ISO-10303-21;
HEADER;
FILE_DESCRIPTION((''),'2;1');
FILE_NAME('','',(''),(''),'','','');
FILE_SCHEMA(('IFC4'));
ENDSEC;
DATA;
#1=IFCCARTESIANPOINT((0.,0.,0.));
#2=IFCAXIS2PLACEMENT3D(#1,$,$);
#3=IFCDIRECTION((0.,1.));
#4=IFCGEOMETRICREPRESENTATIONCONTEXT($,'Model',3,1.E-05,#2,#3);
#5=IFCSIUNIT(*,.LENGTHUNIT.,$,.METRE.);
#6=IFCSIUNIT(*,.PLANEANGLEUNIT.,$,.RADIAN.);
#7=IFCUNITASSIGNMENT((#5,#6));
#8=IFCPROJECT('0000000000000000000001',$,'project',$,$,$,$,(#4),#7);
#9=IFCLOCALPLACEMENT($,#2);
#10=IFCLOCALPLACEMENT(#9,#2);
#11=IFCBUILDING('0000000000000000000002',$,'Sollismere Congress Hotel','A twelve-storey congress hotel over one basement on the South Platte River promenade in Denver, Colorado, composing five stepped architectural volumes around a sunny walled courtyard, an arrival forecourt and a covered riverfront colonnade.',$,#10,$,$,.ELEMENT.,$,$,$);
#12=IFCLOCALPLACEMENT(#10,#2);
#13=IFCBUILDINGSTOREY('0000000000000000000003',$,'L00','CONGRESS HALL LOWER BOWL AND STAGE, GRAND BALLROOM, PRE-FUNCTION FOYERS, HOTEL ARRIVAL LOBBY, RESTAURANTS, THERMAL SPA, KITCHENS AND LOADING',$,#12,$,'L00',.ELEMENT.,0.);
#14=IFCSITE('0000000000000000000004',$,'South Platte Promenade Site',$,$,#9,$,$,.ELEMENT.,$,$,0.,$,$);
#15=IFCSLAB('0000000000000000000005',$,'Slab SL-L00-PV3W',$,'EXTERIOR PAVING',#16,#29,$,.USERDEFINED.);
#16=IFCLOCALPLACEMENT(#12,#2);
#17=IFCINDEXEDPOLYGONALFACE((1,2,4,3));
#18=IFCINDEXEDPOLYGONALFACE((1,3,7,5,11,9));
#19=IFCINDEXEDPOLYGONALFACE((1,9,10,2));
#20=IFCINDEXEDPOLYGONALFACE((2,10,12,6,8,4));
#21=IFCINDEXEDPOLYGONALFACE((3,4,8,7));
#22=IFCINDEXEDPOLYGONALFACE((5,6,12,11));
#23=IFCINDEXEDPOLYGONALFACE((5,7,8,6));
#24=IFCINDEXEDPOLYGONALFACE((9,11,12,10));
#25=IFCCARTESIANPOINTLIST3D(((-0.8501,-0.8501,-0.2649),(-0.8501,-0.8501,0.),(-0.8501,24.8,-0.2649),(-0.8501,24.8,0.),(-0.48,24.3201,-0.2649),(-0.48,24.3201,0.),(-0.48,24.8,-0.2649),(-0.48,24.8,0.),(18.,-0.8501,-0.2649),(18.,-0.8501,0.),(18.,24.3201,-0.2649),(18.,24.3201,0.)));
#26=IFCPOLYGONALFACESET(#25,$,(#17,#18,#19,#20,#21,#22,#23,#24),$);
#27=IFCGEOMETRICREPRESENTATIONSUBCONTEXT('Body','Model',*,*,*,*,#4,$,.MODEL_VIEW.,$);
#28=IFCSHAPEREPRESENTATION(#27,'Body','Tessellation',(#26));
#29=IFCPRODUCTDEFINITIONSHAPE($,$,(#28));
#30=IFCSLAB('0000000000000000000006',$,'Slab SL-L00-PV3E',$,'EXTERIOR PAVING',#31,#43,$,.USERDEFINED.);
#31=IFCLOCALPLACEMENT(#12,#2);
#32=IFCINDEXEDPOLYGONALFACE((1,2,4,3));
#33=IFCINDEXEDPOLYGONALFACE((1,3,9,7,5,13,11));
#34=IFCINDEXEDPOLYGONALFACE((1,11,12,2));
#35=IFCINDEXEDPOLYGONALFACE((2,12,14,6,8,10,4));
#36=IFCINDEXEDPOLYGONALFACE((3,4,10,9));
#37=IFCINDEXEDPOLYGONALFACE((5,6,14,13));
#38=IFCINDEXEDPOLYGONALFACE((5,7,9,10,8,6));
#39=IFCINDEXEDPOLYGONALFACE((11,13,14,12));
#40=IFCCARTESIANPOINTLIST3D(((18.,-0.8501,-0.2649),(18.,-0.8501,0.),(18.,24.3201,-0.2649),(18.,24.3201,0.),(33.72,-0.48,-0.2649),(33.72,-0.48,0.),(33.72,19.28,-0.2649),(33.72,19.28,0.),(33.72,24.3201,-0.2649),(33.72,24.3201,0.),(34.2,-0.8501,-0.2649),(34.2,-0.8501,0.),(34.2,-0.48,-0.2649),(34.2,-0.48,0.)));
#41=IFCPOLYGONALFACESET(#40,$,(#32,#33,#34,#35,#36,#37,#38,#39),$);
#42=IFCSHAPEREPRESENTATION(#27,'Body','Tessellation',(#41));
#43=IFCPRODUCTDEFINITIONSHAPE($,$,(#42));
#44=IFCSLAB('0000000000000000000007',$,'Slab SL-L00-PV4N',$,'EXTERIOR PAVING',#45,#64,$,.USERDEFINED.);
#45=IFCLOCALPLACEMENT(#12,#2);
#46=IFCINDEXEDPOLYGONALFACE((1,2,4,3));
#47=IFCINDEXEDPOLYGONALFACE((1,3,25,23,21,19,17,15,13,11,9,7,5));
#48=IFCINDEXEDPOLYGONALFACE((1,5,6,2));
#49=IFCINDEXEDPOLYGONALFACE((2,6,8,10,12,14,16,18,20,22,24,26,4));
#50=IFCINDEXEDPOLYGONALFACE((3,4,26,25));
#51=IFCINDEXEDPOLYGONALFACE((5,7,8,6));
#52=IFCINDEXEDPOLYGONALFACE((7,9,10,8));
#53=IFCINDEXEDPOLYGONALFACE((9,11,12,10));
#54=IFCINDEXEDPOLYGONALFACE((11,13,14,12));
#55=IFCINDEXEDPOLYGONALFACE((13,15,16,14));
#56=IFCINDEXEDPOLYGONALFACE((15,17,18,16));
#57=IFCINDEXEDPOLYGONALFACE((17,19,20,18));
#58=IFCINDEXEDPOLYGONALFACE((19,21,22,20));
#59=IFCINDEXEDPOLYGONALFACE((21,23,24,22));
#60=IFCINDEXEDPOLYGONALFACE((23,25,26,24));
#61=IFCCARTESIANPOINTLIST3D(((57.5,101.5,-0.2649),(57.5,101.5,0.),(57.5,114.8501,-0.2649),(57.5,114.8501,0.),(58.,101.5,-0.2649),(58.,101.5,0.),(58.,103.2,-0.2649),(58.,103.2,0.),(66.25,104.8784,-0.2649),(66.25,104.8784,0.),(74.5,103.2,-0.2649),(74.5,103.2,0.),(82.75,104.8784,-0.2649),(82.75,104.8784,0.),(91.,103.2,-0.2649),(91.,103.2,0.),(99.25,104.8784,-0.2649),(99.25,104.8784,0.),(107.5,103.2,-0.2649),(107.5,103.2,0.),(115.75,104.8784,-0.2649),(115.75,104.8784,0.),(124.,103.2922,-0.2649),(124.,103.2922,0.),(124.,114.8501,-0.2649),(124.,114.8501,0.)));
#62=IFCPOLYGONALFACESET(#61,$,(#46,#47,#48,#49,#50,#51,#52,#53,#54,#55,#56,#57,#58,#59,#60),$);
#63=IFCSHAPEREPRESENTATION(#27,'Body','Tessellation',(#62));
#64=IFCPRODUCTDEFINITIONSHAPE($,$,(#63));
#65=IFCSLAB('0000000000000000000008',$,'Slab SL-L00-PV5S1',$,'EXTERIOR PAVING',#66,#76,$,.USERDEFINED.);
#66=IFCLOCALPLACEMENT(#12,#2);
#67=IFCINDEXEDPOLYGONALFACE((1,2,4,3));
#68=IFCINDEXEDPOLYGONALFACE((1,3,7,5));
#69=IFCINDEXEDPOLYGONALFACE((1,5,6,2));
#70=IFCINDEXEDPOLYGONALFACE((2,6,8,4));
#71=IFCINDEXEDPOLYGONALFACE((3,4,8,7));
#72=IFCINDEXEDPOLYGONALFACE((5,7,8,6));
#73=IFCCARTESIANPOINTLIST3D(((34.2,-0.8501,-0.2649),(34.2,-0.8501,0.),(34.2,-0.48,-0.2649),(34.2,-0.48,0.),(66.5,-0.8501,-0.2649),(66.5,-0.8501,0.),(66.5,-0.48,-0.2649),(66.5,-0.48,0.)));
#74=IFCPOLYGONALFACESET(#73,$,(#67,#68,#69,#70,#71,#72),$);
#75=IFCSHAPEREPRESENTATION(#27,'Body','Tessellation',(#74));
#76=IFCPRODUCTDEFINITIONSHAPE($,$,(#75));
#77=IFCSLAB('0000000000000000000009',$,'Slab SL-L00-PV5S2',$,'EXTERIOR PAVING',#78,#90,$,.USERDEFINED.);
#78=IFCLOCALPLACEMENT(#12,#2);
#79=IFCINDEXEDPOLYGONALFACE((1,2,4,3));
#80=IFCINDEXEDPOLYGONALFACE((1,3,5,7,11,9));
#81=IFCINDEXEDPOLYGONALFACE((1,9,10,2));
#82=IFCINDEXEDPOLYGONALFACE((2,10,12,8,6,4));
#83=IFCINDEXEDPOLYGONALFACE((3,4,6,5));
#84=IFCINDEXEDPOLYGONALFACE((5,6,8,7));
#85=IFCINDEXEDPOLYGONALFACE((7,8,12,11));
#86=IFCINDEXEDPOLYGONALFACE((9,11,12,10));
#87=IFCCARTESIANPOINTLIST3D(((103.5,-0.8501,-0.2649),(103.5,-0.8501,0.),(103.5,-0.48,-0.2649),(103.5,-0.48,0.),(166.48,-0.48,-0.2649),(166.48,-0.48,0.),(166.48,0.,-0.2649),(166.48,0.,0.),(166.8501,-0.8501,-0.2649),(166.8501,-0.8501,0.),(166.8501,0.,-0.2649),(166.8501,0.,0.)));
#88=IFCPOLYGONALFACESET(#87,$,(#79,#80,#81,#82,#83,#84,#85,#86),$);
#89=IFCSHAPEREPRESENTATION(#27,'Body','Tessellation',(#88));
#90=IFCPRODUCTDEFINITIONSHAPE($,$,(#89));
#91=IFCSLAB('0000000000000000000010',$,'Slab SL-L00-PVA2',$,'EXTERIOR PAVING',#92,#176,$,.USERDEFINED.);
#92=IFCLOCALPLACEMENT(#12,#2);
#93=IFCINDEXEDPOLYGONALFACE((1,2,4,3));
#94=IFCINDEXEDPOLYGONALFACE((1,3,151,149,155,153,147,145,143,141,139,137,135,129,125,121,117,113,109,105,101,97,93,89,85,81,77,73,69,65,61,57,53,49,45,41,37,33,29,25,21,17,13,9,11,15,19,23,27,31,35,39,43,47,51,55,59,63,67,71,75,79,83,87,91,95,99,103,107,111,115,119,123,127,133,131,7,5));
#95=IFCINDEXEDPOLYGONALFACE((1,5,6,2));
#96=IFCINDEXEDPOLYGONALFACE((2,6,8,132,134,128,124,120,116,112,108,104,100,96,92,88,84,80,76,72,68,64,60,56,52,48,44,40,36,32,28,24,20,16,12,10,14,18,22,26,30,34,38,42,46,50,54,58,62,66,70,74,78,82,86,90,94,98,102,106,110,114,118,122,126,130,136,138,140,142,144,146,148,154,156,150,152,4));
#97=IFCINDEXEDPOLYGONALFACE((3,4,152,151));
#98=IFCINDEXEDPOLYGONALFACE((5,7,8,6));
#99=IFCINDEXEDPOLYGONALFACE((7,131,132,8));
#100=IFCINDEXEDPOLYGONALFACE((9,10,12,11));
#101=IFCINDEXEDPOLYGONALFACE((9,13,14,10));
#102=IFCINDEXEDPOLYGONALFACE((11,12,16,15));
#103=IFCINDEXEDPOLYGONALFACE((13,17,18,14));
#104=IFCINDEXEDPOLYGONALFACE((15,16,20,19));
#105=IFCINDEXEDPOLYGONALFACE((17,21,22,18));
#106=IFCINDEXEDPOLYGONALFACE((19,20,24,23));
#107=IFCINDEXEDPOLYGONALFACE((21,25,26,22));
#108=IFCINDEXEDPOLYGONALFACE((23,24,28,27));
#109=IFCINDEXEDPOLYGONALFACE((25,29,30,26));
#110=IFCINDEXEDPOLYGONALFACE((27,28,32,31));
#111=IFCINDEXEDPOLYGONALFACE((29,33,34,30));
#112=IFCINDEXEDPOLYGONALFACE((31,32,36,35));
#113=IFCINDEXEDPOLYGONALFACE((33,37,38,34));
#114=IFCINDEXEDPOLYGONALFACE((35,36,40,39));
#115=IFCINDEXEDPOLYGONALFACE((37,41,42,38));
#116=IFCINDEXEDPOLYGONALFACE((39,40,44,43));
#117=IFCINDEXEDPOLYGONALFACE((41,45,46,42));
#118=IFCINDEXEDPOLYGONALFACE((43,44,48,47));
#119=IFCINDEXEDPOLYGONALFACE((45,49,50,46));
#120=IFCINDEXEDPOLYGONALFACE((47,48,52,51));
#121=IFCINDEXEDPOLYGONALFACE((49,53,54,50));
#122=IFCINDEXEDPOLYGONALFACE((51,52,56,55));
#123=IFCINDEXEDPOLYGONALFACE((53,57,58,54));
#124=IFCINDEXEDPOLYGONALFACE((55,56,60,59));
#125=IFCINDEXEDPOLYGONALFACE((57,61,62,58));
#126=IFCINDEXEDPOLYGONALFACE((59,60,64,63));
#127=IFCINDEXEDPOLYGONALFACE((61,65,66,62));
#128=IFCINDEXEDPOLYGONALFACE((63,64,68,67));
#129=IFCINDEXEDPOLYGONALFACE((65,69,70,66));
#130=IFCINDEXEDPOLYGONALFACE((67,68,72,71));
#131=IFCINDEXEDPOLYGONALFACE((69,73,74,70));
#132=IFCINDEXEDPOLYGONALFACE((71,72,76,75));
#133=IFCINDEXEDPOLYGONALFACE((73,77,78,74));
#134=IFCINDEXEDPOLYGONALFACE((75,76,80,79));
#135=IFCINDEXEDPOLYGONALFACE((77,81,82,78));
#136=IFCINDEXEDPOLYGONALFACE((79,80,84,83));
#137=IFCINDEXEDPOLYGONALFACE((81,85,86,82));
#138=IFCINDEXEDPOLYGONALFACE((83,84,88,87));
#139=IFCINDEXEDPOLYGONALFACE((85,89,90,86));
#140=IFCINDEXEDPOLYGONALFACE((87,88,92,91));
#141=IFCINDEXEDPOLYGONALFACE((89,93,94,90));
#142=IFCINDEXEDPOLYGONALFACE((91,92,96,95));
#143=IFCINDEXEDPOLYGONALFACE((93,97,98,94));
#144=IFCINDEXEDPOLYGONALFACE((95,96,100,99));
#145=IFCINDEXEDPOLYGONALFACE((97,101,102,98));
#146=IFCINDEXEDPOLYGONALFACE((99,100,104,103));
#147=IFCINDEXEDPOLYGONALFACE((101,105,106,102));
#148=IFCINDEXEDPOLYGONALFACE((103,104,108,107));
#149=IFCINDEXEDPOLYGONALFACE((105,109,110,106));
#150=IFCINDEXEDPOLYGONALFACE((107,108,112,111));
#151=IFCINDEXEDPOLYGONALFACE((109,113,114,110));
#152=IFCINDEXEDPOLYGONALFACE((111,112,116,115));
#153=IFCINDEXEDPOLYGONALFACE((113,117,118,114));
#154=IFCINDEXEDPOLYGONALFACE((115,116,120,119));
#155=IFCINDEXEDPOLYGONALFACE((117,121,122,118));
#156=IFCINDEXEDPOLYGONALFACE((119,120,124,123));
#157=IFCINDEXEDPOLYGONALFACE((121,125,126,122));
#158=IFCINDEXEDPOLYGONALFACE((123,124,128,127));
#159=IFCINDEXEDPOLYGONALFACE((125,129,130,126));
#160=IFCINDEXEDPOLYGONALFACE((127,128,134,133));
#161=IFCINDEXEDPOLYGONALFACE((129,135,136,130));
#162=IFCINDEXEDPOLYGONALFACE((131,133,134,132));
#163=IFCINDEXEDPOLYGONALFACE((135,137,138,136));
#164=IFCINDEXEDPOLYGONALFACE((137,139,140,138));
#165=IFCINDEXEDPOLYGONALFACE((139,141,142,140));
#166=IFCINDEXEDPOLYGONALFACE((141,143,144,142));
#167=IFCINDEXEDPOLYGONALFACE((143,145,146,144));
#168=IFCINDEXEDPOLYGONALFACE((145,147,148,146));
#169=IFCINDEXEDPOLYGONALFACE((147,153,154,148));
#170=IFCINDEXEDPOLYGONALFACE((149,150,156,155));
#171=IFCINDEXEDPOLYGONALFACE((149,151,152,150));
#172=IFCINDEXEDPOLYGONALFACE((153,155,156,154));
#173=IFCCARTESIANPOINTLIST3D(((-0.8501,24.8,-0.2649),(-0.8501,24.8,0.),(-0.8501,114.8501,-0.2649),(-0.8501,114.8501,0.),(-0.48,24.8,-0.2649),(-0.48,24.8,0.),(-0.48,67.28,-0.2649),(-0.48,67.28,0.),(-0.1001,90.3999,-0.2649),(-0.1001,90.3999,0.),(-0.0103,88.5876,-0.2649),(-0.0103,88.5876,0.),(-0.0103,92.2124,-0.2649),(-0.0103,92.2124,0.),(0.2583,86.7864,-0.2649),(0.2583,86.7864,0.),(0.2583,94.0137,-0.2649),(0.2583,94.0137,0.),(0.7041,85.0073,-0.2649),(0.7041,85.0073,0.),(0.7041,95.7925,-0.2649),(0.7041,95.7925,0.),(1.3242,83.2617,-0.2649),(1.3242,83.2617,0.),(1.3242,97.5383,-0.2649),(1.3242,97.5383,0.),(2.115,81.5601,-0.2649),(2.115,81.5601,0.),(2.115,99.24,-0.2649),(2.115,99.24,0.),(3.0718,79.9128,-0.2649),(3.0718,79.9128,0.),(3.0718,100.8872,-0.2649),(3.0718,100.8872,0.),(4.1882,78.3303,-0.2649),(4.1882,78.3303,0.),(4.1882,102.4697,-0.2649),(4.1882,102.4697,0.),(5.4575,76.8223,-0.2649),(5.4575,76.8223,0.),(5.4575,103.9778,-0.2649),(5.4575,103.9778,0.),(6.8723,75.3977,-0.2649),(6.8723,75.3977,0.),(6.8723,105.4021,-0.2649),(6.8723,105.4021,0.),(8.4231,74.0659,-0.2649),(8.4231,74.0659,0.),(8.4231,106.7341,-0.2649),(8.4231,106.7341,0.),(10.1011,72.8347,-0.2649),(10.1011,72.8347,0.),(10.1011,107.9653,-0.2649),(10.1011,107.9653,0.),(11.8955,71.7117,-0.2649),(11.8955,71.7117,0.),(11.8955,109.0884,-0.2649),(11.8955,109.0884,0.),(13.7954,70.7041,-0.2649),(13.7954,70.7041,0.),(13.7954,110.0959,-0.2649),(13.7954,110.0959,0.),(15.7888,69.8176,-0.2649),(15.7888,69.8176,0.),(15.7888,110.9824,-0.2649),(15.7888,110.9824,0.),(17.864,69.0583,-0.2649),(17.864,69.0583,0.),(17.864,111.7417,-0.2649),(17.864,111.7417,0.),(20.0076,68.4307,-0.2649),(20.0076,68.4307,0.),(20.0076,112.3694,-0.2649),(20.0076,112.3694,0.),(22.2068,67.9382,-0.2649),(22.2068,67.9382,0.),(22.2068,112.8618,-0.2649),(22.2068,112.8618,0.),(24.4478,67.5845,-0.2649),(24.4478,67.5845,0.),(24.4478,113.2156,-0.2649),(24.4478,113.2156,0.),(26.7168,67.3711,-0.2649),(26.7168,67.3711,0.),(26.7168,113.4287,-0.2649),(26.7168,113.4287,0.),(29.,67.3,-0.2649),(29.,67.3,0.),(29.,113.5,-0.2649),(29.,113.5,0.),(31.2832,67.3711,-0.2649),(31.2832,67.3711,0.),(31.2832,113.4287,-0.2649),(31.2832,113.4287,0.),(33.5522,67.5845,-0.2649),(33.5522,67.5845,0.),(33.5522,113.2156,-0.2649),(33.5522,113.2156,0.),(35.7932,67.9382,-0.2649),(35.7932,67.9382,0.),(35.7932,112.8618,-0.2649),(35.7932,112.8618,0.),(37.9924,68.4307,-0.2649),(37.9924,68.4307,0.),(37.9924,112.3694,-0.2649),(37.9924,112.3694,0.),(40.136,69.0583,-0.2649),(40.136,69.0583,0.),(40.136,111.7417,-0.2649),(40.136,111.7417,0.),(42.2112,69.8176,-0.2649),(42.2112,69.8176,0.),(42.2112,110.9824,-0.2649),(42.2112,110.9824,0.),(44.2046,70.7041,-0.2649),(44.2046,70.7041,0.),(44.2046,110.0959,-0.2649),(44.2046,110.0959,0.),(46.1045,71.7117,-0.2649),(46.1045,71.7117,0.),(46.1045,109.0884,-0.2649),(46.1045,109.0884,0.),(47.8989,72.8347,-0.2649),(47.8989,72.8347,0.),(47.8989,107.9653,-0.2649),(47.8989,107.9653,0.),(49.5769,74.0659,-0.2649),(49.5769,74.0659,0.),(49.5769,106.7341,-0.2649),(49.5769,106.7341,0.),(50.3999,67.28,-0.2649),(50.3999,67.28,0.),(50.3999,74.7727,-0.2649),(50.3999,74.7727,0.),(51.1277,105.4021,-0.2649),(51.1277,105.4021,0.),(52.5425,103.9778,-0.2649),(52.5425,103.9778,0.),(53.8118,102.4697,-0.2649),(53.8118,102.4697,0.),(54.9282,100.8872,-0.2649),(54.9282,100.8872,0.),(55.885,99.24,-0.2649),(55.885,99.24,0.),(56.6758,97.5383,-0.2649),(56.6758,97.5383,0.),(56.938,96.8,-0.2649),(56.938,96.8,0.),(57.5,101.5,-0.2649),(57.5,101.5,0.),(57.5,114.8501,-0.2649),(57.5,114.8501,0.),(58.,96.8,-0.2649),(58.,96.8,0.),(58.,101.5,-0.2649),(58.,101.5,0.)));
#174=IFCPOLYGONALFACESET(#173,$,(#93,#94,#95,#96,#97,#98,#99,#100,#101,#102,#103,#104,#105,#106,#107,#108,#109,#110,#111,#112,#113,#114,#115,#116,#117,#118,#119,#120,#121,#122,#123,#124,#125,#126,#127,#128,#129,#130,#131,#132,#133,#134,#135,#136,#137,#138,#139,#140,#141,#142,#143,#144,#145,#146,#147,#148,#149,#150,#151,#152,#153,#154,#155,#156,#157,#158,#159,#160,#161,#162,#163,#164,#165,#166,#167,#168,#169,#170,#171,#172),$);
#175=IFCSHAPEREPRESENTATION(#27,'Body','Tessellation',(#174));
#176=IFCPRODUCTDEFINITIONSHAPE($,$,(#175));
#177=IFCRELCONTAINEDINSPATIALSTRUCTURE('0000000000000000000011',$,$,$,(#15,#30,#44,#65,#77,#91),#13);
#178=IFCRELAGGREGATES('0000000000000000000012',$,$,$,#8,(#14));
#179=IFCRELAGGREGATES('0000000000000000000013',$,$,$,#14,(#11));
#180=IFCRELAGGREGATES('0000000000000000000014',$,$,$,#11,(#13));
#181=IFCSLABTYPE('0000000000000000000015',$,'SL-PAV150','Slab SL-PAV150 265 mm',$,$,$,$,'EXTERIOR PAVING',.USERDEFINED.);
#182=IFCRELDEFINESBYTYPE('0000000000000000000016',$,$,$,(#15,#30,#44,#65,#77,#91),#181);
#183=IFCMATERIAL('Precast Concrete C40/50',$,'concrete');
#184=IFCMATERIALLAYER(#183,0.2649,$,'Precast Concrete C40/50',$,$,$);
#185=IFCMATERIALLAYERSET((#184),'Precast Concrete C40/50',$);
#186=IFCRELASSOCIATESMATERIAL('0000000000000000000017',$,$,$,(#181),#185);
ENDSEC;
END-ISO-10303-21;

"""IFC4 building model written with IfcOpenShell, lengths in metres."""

from ifc_helpers import new_model, si_unit, direction, frame, origin, place, context, subcontext, project, spatial, polyline, outline, extrude, material, layer, layer_set, type_object, element, save


model = new_model("IFC4")

# Units and contexts
model_context = context("Model", 3, precision=1e-05, world=origin(), true_north=direction((0.0, 1.0)))
body_context = subcontext(model_context, "Body", "Model", "MODEL_VIEW")
ifc_project = project(units=[si_unit("LENGTHUNIT", "METRE"), si_unit("PLANEANGLEUNIT", "RADIAN")], contexts=[model_context])

# Site, building, storey
site_placement = place(None, origin())
site = spatial("IfcSite", under=ifc_project, at=site_placement, Name="South Platte Promenade Site", CompositionType="ELEMENT", RefElevation=0.0)
building_placement = place(site_placement, origin())
building = spatial("IfcBuilding", under=site, at=building_placement, Name="Sollismere Congress Hotel", Description="A twelve-storey congress hotel over one basement on the South Platte River promenade in Denver, Colorado, composing five stepped architectural volumes around a sunny walled courtyard, an arrival forecourt and a covered riverfront colonnade.", CompositionType="ELEMENT")
storey_placement = place(building_placement, origin())
storey = spatial("IfcBuildingStorey", under=building, at=storey_placement, Name="L00", Description="CONGRESS HALL LOWER BOWL AND STAGE, GRAND BALLROOM, PRE-FUNCTION FOYERS, HOTEL ARRIVAL LOBBY, RESTAURANTS, THERMAL SPA, KITCHENS AND LOADING", LongName="L00", CompositionType="ELEMENT", Elevation=0.0)

# Slabs
ifc_material_1 = material(Name="Precast Concrete C40/50", Category="concrete")
ifc_layer_1 = layer(ifc_material_1, 0.2649, Name="Precast Concrete C40/50")
ifc_layer_set_1 = layer_set([ifc_layer_1], Name="Precast Concrete C40/50")
slab_type_1 = type_object("IfcSlabType", Name="SL-PAV150", Description="Slab SL-PAV150 265 mm", ElementType="EXTERIOR PAVING", PredefinedType="USERDEFINED", material=ifc_layer_set_1)
slab_1_placement = place(storey_placement, frame((0.0, 0.0, -0.2649)))
element("IfcSlab", 1, at=slab_1_placement, inside=storey, type_object=slab_type_1, Name="Slab SL-L00-PV3W", ObjectType="EXTERIOR PAVING", PredefinedType="USERDEFINED", context=body_context, shape_type="SweptSolid", body=[
    extrude(outline(polyline([(-0.48, 24.3201), (-0.48, 24.8), (-0.8501, 24.8), (-0.8501, -0.8501), (18.0, -0.8501), (18.0, 24.3201), (-0.48, 24.3201)])), origin(), (0.0, 0.0, 1.0), 0.2649),
])
slab_2_placement = place(storey_placement, frame((0.0, 0.0, -0.2649)))
element("IfcSlab", 2, at=slab_2_placement, inside=storey, type_object=slab_type_1, Name="Slab SL-L00-PV3E", ObjectType="EXTERIOR PAVING", PredefinedType="USERDEFINED", context=body_context, shape_type="SweptSolid", body=[
    extrude(outline(polyline([(33.72, 24.3201), (18.0, 24.3201), (18.0, -0.8501), (34.2, -0.8501), (34.2, -0.48), (33.72, -0.48), (33.72, 19.28), (33.72, 24.3201)])), origin(), (0.0, 0.0, 1.0), 0.2649),
])
slab_3_placement = place(storey_placement, frame((0.0, 0.0, -0.2649)))
element("IfcSlab", 3, at=slab_3_placement, inside=storey, type_object=slab_type_1, Name="Slab SL-L00-PV4N", ObjectType="EXTERIOR PAVING", PredefinedType="USERDEFINED", context=body_context, shape_type="SweptSolid", body=[
    extrude(outline(polyline([(124.0, 103.2922), (124.0, 114.8501), (57.5, 114.8501), (57.5, 101.5), (58.0, 101.5), (58.0, 103.2), (66.25, 104.8784), (74.5, 103.2), (82.75, 104.8784), (91.0, 103.2), (99.25, 104.8784), (107.5, 103.2), (115.75, 104.8784), (124.0, 103.2922)])), origin(), (0.0, 0.0, 1.0), 0.2649),
])
slab_4_placement = place(storey_placement, frame((0.0, 0.0, -0.2649)))
element("IfcSlab", 4, at=slab_4_placement, inside=storey, type_object=slab_type_1, Name="Slab SL-L00-PV5S1", ObjectType="EXTERIOR PAVING", PredefinedType="USERDEFINED", context=body_context, shape_type="SweptSolid", body=[
    extrude(outline(polyline([(66.5, -0.8501), (66.5, -0.48), (34.2, -0.48), (34.2, -0.8501), (66.5, -0.8501)])), origin(), (0.0, 0.0, 1.0), 0.2649),
])
slab_5_placement = place(storey_placement, frame((0.0, 0.0, -0.2649)))
element("IfcSlab", 5, at=slab_5_placement, inside=storey, type_object=slab_type_1, Name="Slab SL-L00-PV5S2", ObjectType="EXTERIOR PAVING", PredefinedType="USERDEFINED", context=body_context, shape_type="SweptSolid", body=[
    extrude(outline(polyline([(103.5, -0.48), (103.5, -0.8501), (166.8501, -0.8501), (166.8501, 0.0), (166.48, 0.0), (166.48, -0.48), (103.5, -0.48)])), origin(), (0.0, 0.0, 1.0), 0.2649),
])
slab_6_placement = place(storey_placement, frame((0.0, 0.0, -0.2649)))
element("IfcSlab", 6, at=slab_6_placement, inside=storey, type_object=slab_type_1, Name="Slab SL-L00-PVA2", ObjectType="EXTERIOR PAVING", PredefinedType="USERDEFINED", context=body_context, shape_type="SweptSolid", body=[
    extrude(outline(polyline([(58.0, 96.8), (58.0, 101.5), (57.5, 101.5), (57.5, 114.8501), (-0.8501, 114.8501), (-0.8501, 24.8), (-0.48, 24.8), (-0.48, 67.28), (50.3999, 67.28), (50.3999, 74.7727), (49.5769, 74.0659), (47.8989, 72.8347), (46.1045, 71.7117), (44.2046, 70.7041), (42.2112, 69.8176), (40.136, 69.0583), (37.9924, 68.4307), (35.7932, 67.9382), (33.5522, 67.5845), (31.2832, 67.3711), (29.0, 67.3), (26.7168, 67.3711), (24.4478, 67.5845), (22.2068, 67.9382), (20.0076, 68.4307), (17.864, 69.0583), (15.7888, 69.8176), (13.7954, 70.7041), (11.8955, 71.7117), (10.1011, 72.8347), (8.4231, 74.0659), (6.8723, 75.3977), (5.4575, 76.8223), (4.1882, 78.3303), (3.0718, 79.9128), (2.115, 81.5601), (1.3242, 83.2617), (0.7041, 85.0073), (0.2583, 86.7864), (-0.0103, 88.5876), (-0.1001, 90.3999), (-0.0103, 92.2124), (0.2583, 94.0137), (0.7041, 95.7925), (1.3242, 97.5383), (2.115, 99.24), (3.0718, 100.8872), (4.1882, 102.4697), (5.4575, 103.9778), (6.8723, 105.4021), (8.4231, 106.7341), (10.1011, 107.9653), (11.8955, 109.0884), (13.7954, 110.0959), (15.7888, 110.9824), (17.864, 111.7417), (20.0076, 112.3694), (22.2068, 112.8618), (24.4478, 113.2156), (26.7168, 113.4287), (29.0, 113.5), (31.2832, 113.4287), (33.5522, 113.2156), (35.7932, 112.8618), (37.9924, 112.3694), (40.136, 111.7417), (42.2112, 110.9824), (44.2046, 110.0959), (46.1045, 109.0884), (47.8989, 107.9653), (49.5769, 106.7341), (51.1277, 105.4021), (52.5425, 103.9778), (53.8118, 102.4697), (54.9282, 100.8872), (55.885, 99.24), (56.6758, 97.5383), (56.938, 96.8), (58.0, 96.8)])), origin(), (0.0, 0.0, 1.0), 0.2649),
])

save(model, "model.ifc")
